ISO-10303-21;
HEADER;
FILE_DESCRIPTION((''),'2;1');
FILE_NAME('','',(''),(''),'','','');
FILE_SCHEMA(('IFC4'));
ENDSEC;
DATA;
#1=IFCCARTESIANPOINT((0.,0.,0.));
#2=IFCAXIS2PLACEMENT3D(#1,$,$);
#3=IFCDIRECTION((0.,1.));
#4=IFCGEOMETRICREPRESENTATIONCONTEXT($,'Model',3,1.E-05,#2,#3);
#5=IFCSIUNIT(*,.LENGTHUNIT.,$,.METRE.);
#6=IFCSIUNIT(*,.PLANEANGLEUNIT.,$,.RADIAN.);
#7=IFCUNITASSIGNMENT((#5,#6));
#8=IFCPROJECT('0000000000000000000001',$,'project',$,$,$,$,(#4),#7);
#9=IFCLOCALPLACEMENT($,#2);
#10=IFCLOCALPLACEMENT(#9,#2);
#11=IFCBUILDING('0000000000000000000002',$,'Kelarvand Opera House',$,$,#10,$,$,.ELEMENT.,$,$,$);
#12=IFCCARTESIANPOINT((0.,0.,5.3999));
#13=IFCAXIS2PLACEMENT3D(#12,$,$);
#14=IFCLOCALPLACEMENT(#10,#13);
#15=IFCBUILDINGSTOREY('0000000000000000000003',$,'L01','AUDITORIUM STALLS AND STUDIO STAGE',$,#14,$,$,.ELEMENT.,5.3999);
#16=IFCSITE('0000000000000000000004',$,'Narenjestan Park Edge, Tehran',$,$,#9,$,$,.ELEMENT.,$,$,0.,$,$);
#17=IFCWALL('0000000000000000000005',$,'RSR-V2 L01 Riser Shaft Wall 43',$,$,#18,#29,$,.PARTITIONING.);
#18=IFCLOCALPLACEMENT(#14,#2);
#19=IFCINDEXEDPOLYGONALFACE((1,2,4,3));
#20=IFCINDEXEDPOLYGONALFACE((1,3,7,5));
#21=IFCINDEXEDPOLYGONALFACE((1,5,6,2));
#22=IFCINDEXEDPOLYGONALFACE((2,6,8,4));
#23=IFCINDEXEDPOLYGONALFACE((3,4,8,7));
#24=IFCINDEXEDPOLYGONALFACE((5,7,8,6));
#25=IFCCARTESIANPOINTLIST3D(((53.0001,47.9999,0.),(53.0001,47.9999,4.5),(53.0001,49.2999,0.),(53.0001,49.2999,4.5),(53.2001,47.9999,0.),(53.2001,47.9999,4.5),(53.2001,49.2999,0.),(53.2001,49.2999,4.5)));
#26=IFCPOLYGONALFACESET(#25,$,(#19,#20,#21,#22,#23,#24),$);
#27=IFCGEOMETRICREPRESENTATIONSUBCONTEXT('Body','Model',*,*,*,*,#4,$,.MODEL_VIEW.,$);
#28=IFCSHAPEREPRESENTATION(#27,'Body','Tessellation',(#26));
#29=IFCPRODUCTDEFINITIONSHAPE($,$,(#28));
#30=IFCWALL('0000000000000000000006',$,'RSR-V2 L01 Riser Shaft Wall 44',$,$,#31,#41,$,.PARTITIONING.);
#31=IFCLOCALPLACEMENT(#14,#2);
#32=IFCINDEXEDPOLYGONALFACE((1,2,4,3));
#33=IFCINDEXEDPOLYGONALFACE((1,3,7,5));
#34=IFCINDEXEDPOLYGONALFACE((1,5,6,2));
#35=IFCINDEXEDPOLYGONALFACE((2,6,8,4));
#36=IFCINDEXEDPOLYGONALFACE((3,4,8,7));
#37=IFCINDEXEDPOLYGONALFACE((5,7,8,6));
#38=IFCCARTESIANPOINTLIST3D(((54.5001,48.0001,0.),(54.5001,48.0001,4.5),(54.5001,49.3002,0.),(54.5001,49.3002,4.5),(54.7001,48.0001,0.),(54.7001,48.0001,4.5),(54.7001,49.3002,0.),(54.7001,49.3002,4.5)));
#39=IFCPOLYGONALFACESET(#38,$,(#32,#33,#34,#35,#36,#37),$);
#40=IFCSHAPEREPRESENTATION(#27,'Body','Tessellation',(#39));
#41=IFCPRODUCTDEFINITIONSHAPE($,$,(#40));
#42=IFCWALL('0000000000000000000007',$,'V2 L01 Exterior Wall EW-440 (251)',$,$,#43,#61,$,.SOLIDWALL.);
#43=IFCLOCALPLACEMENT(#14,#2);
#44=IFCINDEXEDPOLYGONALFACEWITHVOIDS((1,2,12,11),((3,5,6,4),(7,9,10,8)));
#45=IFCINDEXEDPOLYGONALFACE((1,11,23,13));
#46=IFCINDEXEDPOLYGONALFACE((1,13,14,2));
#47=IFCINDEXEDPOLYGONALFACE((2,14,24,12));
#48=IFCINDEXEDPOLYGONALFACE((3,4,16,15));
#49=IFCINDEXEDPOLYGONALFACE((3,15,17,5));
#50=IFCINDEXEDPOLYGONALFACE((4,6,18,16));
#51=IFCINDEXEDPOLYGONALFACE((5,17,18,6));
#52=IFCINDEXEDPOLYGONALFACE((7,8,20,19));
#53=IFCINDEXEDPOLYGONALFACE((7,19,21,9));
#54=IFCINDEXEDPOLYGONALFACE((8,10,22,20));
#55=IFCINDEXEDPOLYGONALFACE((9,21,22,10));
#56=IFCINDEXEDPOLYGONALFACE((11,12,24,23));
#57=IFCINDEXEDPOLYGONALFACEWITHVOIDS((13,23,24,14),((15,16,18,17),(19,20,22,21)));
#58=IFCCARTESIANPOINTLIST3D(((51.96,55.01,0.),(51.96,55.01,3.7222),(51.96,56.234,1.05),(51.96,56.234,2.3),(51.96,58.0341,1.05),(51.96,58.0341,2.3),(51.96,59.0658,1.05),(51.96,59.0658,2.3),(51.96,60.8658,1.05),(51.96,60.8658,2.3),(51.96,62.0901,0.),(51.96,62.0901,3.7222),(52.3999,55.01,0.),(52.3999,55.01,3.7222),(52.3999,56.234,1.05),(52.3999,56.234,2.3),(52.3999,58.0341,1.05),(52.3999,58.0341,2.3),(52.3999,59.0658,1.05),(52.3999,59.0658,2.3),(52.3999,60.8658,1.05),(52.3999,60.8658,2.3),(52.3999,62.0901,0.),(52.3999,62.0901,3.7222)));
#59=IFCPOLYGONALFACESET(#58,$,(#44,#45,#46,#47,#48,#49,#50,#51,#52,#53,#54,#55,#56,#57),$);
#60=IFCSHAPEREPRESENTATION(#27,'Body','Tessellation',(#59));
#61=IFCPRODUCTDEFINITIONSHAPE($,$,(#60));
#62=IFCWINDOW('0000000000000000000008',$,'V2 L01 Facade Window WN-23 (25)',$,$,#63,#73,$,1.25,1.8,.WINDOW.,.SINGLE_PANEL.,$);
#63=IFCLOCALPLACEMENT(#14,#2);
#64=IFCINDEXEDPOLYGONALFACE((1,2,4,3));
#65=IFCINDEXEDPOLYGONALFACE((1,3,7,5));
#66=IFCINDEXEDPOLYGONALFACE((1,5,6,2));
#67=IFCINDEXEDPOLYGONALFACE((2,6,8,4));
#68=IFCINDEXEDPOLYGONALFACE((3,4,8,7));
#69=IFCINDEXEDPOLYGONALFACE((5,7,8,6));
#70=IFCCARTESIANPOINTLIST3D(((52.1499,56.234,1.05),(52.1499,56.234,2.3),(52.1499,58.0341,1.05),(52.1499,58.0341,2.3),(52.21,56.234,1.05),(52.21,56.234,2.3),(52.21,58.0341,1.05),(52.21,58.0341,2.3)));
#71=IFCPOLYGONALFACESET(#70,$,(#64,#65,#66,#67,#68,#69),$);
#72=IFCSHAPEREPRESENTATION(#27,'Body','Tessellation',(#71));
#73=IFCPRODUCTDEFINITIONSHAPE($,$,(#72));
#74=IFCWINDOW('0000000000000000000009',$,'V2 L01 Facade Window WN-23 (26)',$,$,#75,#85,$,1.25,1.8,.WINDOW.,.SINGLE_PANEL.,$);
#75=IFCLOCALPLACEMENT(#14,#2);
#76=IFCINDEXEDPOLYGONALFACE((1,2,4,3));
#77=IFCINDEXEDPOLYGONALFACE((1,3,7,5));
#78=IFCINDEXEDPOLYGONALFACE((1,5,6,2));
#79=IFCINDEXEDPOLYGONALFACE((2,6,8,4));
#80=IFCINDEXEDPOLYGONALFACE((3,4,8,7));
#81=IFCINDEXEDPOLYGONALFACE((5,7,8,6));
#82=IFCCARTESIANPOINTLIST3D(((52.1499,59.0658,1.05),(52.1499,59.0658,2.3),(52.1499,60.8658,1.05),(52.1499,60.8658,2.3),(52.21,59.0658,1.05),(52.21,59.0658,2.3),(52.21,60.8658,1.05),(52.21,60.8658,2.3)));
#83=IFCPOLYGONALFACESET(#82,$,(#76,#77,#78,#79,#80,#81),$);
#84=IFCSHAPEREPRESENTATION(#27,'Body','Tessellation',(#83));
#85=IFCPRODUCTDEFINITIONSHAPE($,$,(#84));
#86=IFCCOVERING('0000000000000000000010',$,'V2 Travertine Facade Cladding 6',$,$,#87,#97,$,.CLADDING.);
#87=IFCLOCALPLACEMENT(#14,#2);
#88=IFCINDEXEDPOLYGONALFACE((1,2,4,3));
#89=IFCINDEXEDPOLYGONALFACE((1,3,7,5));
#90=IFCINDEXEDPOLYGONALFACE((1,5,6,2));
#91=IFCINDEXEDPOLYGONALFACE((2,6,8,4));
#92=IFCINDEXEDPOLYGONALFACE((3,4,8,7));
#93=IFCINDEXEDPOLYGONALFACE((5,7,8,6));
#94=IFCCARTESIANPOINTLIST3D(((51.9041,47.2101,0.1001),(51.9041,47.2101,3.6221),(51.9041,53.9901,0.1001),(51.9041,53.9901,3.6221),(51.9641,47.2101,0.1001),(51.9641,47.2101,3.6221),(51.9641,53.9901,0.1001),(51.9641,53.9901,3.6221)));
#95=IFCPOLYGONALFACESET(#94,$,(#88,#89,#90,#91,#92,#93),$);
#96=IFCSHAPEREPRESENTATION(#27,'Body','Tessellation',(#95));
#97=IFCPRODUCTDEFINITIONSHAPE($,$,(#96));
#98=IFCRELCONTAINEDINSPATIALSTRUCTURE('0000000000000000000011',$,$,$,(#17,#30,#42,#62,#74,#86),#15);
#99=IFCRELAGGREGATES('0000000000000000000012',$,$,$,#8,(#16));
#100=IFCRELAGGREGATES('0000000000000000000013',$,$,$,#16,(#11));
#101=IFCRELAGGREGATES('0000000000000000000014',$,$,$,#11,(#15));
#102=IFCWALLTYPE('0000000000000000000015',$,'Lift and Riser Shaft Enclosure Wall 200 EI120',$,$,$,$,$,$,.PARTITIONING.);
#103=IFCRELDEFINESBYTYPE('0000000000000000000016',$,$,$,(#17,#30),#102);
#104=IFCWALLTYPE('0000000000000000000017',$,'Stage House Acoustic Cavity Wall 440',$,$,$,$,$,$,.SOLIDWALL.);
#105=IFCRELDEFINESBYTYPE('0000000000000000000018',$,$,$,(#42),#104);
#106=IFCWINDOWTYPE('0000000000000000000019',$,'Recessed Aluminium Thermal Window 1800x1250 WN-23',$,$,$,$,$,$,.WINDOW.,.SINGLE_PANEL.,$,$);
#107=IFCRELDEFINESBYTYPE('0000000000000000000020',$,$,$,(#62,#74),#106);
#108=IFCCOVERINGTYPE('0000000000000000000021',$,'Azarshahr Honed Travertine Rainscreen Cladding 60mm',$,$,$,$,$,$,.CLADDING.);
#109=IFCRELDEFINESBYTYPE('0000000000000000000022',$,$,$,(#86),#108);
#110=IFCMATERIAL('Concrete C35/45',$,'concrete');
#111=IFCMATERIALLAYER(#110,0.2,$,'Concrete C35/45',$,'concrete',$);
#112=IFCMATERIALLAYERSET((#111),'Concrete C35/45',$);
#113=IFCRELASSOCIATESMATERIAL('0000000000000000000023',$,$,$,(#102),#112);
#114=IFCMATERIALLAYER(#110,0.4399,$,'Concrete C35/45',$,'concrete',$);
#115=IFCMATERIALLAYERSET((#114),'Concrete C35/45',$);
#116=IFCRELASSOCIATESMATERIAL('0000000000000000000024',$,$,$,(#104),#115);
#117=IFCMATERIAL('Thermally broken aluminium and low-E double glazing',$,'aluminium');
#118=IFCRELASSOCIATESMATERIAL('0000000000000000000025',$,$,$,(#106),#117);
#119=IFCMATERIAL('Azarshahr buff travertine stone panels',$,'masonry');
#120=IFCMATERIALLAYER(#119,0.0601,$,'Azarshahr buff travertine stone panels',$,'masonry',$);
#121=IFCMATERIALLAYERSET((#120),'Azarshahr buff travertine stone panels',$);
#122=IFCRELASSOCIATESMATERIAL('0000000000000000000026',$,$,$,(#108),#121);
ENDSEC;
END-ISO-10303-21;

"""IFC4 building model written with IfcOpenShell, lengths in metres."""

from ifc_helpers import new_model, si_unit, direction, frame, frame_2d, origin, origin_2d, place, context, subcontext, project, spatial, rectangle, extrude, material, layer, layer_set, type_object, element, fill, save


model = new_model("IFC4")

# Units and contexts
model_context = context("Model", 3, precision=1e-05, world=origin(), true_north=direction((0.0, 1.0)))
body_context = subcontext(model_context, "Body", "Model", "MODEL_VIEW")
ifc_project = project(units=[si_unit("LENGTHUNIT", "METRE"), si_unit("PLANEANGLEUNIT", "RADIAN")], contexts=[model_context])

# Site, building, storey
site_placement = place(None, origin())
site = spatial("IfcSite", under=ifc_project, at=site_placement, Name="Narenjestan Park Edge, Tehran", CompositionType="ELEMENT", RefElevation=0.0)
building_placement = place(site_placement, origin())
building = spatial("IfcBuilding", under=site, at=building_placement, Name="Kelarvand Opera House", CompositionType="ELEMENT")
storey_placement = place(building_placement, frame((0.0, 0.0, 5.3999)))
storey = spatial("IfcBuildingStorey", under=building, at=storey_placement, Name="L01", Description="AUDITORIUM STALLS AND STUDIO STAGE", CompositionType="ELEMENT", Elevation=5.3999)

# Shared definitions
ifc_material_1 = material(Name="Concrete C35/45", Category="concrete")

# Walls
ifc_layer_1 = layer(ifc_material_1, 0.2, Name="Concrete C35/45", Category="concrete")
ifc_layer_set_1 = layer_set([ifc_layer_1], Name="Concrete C35/45")
wall_type_1 = type_object("IfcWallType", Name="Lift and Riser Shaft Enclosure Wall 200 EI120", PredefinedType="PARTITIONING", material=ifc_layer_set_1)
for number, where, z_axis, x_axis, name in (
    (1, (53.1001, 48.0, 0.0), (0.0, 0.0, 1.0), (0.0, 1.0, 0.0), "RSR-V2 L01 Riser Shaft Wall 43"),
    (2, (54.6001, 49.3, 0.0), (0.0, 0.0, 1.0), (0.0, -1.0, 0.0), "RSR-V2 L01 Riser Shaft Wall 44"),
):
    element("IfcWall", number, at=place(storey_placement, frame(where, z_axis=z_axis, x_axis=x_axis)), inside=storey, type_object=wall_type_1, Name=name, PredefinedType="PARTITIONING", context=body_context, shape_type="SweptSolid", body=[
        extrude(rectangle(XDim=1.3, YDim=0.2, at=frame_2d((0.6499, 0.0))), origin(), (0.0, 0.0, 1.0), 4.5),
    ])

# Wall, openings, windows
ifc_layer_2 = layer(ifc_material_1, 0.4399, Name="Concrete C35/45", Category="concrete")
ifc_layer_set_2 = layer_set([ifc_layer_2], Name="Concrete C35/45")
wall_type_2 = type_object("IfcWallType", Name="Stage House Acoustic Cavity Wall 440", PredefinedType="SOLIDWALL", material=ifc_layer_set_2)
wall_1_placement = place(storey_placement, frame((52.1799, 55.01, 0.0), z_axis=(0.0, 0.0, 1.0), x_axis=(0.0, 1.0, 0.0)))
wall_1 = element("IfcWall", 3, at=wall_1_placement, inside=storey, type_object=wall_type_2, Name="V2 L01 Exterior Wall EW-440 (251)", PredefinedType="SOLIDWALL", context=body_context, shape_type="SweptSolid", body=[
    extrude(rectangle(XDim=7.0801, YDim=0.4399, at=frame_2d((3.54, 0.0))), origin(), (0.0, 0.0, 1.0), 3.7222),
])
opening_1_placement = place(wall_1_placement, frame((1.2241, 0.0, 1.05)))
opening_1 = element("IfcOpeningElement", 4, at=opening_1_placement, cuts=wall_1, PredefinedType="OPENING", context=body_context, shape_type="SweptSolid", body=[
    extrude(rectangle(XDim=1.8, YDim=1.25, at=frame_2d((0.8999, 0.625))), frame((0.0, 0.23, 0.0), z_axis=(0.0, -1.0, 0.0), x_axis=(1.0, 0.0, 0.0)), (0.0, 0.0, 1.0), 0.46),
])
opening_2_placement = place(wall_1_placement, frame((4.0559, 0.0, 1.05)))
opening_2 = element("IfcOpeningElement", 5, at=opening_2_placement, cuts=wall_1, PredefinedType="OPENING", context=body_context, shape_type="SweptSolid", body=[
    extrude(rectangle(XDim=1.8, YDim=1.25, at=frame_2d((0.8999, 0.625))), frame((0.0, 0.23, 0.0), z_axis=(0.0, -1.0, 0.0), x_axis=(1.0, 0.0, 0.0)), (0.0, 0.0, 1.0), 0.46),
])
ifc_material_2 = material(Name="Thermally broken aluminium and low-E double glazing", Category="aluminium")
window_type = type_object("IfcWindowType", Name="Recessed Aluminium Thermal Window 1800x1250 WN-23", PartitioningType="SINGLE_PANEL", PredefinedType="WINDOW", material=ifc_material_2)
window_1_placement = place(opening_1_placement, origin())
window_1 = element("IfcWindow", 6, at=window_1_placement, inside=storey, type_object=window_type, Name="V2 L01 Facade Window WN-23 (25)", OverallHeight=1.25, OverallWidth=1.8, PartitioningType="SINGLE_PANEL", PredefinedType="WINDOW", context=body_context, shape_type="SweptSolid", body=[
    extrude(rectangle(XDim=1.8, YDim=1.25, at=frame_2d((0.8999, 0.625))), frame((0.0, 0.03, 0.0), z_axis=(0.0, -1.0, 0.0), x_axis=(1.0, 0.0, 0.0)), (0.0, 0.0, 1.0), 0.0601),
])
fill(opening_1, window_1)
window_2_placement = place(opening_2_placement, origin())
window_2 = element("IfcWindow", 7, at=window_2_placement, inside=storey, type_object=window_type, Name="V2 L01 Facade Window WN-23 (26)", OverallHeight=1.25, OverallWidth=1.8, PartitioningType="SINGLE_PANEL", PredefinedType="WINDOW", context=body_context, shape_type="SweptSolid", body=[
    extrude(rectangle(XDim=1.8, YDim=1.25, at=frame_2d((0.8999, 0.625))), frame((0.0, 0.03, 0.0), z_axis=(0.0, -1.0, 0.0), x_axis=(1.0, 0.0, 0.0)), (0.0, 0.0, 1.0), 0.0601),
])
fill(opening_2, window_2)

# Covering
ifc_material_3 = material(Name="Azarshahr buff travertine stone panels", Category="masonry")
ifc_layer_3 = layer(ifc_material_3, 0.0601, Name="Azarshahr buff travertine stone panels", Category="masonry")
ifc_layer_set_3 = layer_set([ifc_layer_3], Name="Azarshahr buff travertine stone panels")
covering_type = type_object("IfcCoveringType", Name="Azarshahr Honed Travertine Rainscreen Cladding 60mm", PredefinedType="CLADDING", material=ifc_layer_set_3)
covering_placement = place(storey_placement, frame((51.9341, 50.6001, 0.1001), z_axis=(0.0, 0.0, 1.0), x_axis=(0.0, 1.0, 0.0)))
element("IfcCovering", 8, at=covering_placement, inside=storey, type_object=covering_type, Name="V2 Travertine Facade Cladding 6", PredefinedType="CLADDING", context=body_context, shape_type="SweptSolid", body=[
    extrude(rectangle(XDim=6.78, YDim=0.0601, at=origin_2d()), origin(), (0.0, 0.0, 1.0), 3.522),
])

save(model, "model.ifc")
